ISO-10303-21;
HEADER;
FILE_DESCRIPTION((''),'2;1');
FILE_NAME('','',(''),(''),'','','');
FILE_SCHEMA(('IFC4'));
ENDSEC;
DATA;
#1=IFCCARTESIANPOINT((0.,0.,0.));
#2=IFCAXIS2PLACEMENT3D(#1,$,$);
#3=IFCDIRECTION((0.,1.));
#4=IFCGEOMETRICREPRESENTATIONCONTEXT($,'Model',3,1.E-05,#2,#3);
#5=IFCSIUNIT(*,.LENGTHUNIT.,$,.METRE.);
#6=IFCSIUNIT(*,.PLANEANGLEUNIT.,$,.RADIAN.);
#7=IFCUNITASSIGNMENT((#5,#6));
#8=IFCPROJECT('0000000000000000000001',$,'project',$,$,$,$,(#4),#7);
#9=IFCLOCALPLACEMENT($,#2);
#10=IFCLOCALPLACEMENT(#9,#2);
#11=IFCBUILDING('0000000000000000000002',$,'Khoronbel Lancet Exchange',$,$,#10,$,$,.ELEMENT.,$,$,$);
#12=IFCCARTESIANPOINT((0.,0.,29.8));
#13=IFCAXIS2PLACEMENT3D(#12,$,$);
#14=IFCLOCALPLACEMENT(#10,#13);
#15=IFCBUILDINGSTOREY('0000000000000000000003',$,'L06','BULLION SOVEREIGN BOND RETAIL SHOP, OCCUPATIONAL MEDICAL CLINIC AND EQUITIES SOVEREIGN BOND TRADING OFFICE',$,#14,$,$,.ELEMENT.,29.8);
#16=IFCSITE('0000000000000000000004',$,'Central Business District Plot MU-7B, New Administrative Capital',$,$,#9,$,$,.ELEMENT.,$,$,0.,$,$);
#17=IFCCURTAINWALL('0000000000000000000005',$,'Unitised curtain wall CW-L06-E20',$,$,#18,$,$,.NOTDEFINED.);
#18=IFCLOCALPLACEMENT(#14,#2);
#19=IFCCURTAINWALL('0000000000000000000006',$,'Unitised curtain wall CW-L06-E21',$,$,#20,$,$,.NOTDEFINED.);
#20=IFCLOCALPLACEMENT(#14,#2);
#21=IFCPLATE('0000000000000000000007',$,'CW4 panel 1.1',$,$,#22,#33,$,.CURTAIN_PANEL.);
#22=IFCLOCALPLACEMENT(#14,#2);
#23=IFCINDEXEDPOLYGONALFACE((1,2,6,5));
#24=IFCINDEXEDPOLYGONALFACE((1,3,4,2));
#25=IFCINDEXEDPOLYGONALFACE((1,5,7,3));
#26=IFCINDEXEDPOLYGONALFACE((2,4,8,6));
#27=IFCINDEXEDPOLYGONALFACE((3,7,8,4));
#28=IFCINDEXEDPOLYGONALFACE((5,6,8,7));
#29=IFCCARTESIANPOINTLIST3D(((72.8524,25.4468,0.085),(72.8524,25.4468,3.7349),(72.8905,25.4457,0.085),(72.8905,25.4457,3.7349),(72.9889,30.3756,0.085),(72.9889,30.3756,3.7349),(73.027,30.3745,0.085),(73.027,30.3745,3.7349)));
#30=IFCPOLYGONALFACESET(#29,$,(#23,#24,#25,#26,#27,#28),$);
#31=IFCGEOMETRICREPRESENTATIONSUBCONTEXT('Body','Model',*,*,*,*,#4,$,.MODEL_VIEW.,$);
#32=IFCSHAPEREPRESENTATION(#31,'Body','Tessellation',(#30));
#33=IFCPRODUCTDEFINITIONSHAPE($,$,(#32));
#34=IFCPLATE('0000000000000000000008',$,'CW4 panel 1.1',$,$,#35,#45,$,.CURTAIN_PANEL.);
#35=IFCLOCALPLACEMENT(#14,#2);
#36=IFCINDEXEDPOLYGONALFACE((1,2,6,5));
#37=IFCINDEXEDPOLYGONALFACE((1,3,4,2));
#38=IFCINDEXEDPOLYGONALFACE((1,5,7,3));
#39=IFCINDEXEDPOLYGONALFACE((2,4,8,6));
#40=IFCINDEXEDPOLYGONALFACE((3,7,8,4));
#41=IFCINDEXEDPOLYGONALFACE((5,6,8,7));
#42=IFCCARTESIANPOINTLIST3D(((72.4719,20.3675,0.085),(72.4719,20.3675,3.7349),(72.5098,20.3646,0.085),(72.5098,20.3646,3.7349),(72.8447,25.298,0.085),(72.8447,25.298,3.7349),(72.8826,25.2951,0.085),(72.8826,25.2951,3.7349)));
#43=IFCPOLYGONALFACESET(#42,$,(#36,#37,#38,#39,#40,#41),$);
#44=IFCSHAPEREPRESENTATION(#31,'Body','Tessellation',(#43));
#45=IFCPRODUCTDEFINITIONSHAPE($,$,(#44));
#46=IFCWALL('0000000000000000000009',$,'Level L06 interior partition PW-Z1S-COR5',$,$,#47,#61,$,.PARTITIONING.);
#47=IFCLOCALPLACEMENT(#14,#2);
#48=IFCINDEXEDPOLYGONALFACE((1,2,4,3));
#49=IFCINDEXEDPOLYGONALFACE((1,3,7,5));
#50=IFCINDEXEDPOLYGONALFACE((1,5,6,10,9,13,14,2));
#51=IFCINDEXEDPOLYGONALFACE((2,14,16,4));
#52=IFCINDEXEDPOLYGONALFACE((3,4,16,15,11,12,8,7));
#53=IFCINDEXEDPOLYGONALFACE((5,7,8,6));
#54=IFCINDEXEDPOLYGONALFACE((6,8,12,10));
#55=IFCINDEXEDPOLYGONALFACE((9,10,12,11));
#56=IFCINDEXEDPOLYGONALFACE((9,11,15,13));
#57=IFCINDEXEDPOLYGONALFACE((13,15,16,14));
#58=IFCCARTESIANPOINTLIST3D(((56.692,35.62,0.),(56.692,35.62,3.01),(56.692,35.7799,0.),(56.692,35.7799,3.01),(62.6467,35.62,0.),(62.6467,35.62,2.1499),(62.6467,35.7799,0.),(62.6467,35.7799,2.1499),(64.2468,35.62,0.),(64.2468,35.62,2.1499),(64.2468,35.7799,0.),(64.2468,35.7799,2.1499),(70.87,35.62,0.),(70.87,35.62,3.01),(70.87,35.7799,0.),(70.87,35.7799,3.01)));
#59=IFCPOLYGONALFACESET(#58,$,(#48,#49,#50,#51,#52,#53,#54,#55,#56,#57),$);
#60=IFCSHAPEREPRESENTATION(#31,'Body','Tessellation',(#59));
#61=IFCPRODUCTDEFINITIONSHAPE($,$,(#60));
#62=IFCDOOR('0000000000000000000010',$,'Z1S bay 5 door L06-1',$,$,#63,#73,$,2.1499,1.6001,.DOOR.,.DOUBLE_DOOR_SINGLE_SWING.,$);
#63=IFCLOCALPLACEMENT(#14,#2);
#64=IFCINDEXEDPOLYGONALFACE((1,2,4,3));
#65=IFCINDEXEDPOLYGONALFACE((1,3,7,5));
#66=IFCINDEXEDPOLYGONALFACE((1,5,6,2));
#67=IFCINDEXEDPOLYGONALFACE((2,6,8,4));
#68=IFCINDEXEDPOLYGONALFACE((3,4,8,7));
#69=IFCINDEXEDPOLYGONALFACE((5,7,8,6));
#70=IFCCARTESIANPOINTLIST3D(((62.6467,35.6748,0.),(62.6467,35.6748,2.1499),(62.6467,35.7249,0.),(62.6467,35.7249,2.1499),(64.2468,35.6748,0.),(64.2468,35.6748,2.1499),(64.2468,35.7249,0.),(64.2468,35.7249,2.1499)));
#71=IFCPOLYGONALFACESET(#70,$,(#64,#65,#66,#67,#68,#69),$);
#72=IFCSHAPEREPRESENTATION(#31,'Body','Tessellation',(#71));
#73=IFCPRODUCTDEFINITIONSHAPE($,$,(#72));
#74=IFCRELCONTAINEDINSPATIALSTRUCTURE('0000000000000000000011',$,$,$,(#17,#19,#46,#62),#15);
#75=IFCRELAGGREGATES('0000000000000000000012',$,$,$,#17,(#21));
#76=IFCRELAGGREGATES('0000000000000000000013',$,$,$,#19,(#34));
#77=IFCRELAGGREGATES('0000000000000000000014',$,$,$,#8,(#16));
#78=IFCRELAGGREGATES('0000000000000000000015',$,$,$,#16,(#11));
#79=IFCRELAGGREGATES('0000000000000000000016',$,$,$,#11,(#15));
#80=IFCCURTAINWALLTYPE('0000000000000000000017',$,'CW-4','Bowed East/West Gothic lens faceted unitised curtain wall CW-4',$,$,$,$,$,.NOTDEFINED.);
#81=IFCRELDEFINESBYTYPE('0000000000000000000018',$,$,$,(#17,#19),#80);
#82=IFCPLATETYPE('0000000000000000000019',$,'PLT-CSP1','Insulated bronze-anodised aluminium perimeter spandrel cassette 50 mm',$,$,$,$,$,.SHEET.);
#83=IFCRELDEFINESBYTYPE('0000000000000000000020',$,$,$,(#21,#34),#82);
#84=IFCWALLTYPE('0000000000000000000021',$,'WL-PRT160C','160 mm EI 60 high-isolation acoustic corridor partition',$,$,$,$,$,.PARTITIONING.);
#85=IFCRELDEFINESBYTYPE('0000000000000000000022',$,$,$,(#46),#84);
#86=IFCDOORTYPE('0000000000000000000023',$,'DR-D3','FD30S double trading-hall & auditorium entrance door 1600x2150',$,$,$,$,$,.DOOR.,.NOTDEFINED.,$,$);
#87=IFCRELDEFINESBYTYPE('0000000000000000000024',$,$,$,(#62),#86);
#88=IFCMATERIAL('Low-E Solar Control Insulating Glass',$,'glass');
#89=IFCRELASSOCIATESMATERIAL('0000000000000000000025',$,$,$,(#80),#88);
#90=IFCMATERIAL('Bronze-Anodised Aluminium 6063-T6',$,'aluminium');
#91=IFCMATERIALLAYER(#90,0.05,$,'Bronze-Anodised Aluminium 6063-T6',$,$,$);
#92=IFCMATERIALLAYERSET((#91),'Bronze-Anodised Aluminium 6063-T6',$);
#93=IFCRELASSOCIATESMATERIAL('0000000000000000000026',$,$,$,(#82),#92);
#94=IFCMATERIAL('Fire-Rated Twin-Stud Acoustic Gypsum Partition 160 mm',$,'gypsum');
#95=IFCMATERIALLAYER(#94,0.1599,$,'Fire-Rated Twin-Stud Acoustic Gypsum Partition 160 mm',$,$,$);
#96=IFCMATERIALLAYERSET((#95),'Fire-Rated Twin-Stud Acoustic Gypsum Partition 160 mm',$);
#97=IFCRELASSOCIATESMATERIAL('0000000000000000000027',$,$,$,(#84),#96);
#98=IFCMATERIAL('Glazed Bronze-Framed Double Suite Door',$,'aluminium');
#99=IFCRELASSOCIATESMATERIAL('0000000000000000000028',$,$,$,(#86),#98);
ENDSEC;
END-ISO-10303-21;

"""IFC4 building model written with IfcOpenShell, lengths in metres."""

from ifc_helpers import new_model, si_unit, direction, frame, frame_2d, origin, origin_2d, place, context, subcontext, project, spatial, rectangle, extrude, material, layer, layer_set, type_object, element, fill, aggregate, save


model = new_model("IFC4")

# Units and contexts
model_context = context("Model", 3, precision=1e-05, world=origin(), true_north=direction((0.0, 1.0)))
body_context = subcontext(model_context, "Body", "Model", "MODEL_VIEW")
ifc_project = project(units=[si_unit("LENGTHUNIT", "METRE"), si_unit("PLANEANGLEUNIT", "RADIAN")], contexts=[model_context])

# Site, building, storey
site_placement = place(None, origin())
site = spatial("IfcSite", under=ifc_project, at=site_placement, Name="Central Business District Plot MU-7B, New Administrative Capital", CompositionType="ELEMENT", RefElevation=0.0)
building_placement = place(site_placement, origin())
building = spatial("IfcBuilding", under=site, at=building_placement, Name="Khoronbel Lancet Exchange", CompositionType="ELEMENT")
storey_placement = place(building_placement, frame((0.0, 0.0, 29.8)))
storey = spatial("IfcBuildingStorey", under=building, at=storey_placement, Name="L06", Description="BULLION SOVEREIGN BOND RETAIL SHOP, OCCUPATIONAL MEDICAL CLINIC AND EQUITIES SOVEREIGN BOND TRADING OFFICE", CompositionType="ELEMENT", Elevation=29.8)

# Shared definitions
ifc_material_1 = material(Name="Low-E Solar Control Insulating Glass", Category="glass")
curtain_wall_type = type_object("IfcCurtainWallType", Name="CW-4", Description="Bowed East/West Gothic lens faceted unitised curtain wall CW-4", PredefinedType="NOTDEFINED", material=ifc_material_1)
ifc_material_2 = material(Name="Bronze-Anodised Aluminium 6063-T6", Category="aluminium")

# Curtain wall
curtain_wall_1_placement = place(storey_placement, origin())
curtain_wall_1 = element("IfcCurtainWall", 1, at=curtain_wall_1_placement, inside=storey, type_object=curtain_wall_type, Name="Unitised curtain wall CW-L06-E20", PredefinedType="NOTDEFINED")

# Curtain wall
curtain_wall_2_placement = place(storey_placement, origin())
curtain_wall_2 = element("IfcCurtainWall", 2, at=curtain_wall_2_placement, inside=storey, type_object=curtain_wall_type, Name="Unitised curtain wall CW-L06-E21", PredefinedType="NOTDEFINED")

# Plates
ifc_layer_1 = layer(ifc_material_2, 0.05, Name="Bronze-Anodised Aluminium 6063-T6")
ifc_layer_set_1 = layer_set([ifc_layer_1], Name="Bronze-Anodised Aluminium 6063-T6")
plate_type = type_object("IfcPlateType", Name="PLT-CSP1", Description="Insulated bronze-anodised aluminium perimeter spandrel cassette 50 mm", PredefinedType="SHEET", material=ifc_layer_set_1)
plate_1_placement = place(storey_placement, frame((72.9397, 27.9106, 0.085), z_axis=(0.0, 0.0, 1.0), x_axis=(-0.027674, -0.999617, 0.0)))
plate_1 = element("IfcPlate", 3, at=plate_1_placement, type_object=plate_type, Name="CW4 panel 1.1", PredefinedType="CURTAIN_PANEL", context=body_context, shape_type="SweptSolid", body=[
    extrude(rectangle(XDim=4.9307, YDim=0.0381, at=origin_2d()), origin(), (0.0, 0.0, 1.0), 3.6499),
])
aggregate(curtain_wall_1, [plate_1])
plate_2_placement = place(storey_placement, frame((72.6772, 22.8313, 0.085), z_axis=(0.0, 0.0, 1.0), x_axis=(-0.075395, -0.997154, 0.0)))
plate_2 = element("IfcPlate", 4, at=plate_2_placement, type_object=plate_type, Name="CW4 panel 1.1", PredefinedType="CURTAIN_PANEL", context=body_context, shape_type="SweptSolid", body=[
    extrude(rectangle(XDim=4.9446, YDim=0.0381, at=origin_2d()), origin(), (0.0, 0.0, 1.0), 3.6499),
])
aggregate(curtain_wall_2, [plate_2])

# Wall, opening, door
ifc_material_3 = material(Name="Fire-Rated Twin-Stud Acoustic Gypsum Partition 160 mm", Category="gypsum")
ifc_layer_2 = layer(ifc_material_3, 0.1599, Name="Fire-Rated Twin-Stud Acoustic Gypsum Partition 160 mm")
ifc_layer_set_2 = layer_set([ifc_layer_2], Name="Fire-Rated Twin-Stud Acoustic Gypsum Partition 160 mm")
wall_type = type_object("IfcWallType", Name="WL-PRT160C", Description="160 mm EI 60 high-isolation acoustic corridor partition", PredefinedType="PARTITIONING", material=ifc_layer_set_2)
wall_placement = place(storey_placement, frame((56.6921, 35.7, 0.0), z_axis=(0.0, 0.0, 1.0), x_axis=(1.0, 0.0, 0.0)))
wall = element("IfcWall", 5, at=wall_placement, inside=storey, type_object=wall_type, Name="Level L06 interior partition PW-Z1S-COR5", PredefinedType="PARTITIONING", context=body_context, shape_type="SweptSolid", body=[
    extrude(rectangle(XDim=14.178, YDim=0.1599, at=frame_2d((7.0889, 0.0))), origin(), (0.0, 0.0, 1.0), 3.01),
])
opening_placement = place(wall_placement, frame((5.9546, 0.0, 0.0)))
opening = element("IfcOpeningElement", 6, at=opening_placement, cuts=wall, PredefinedType="OPENING", context=body_context, shape_type="SweptSolid", body=[
    extrude(rectangle(XDim=1.6001, YDim=2.1499, at=frame_2d((0.8, 1.075))), frame((0.0, 0.0898, 0.0), z_axis=(0.0, -1.0, 0.0), x_axis=(1.0, 0.0, 0.0)), (0.0, 0.0, 1.0), 0.1799),
])
ifc_material_4 = material(Name="Glazed Bronze-Framed Double Suite Door", Category="aluminium")
door_type = type_object("IfcDoorType", Name="DR-D3", Description="FD30S double trading-hall & auditorium entrance door 1600x2150", OperationType="NOTDEFINED", PredefinedType="DOOR", material=ifc_material_4)
door_placement = place(opening_placement, origin())
door = element("IfcDoor", 7, at=door_placement, inside=storey, type_object=door_type, Name="Z1S bay 5 door L06-1", OperationType="DOUBLE_DOOR_SINGLE_SWING", OverallHeight=2.1499, OverallWidth=1.6001, PredefinedType="DOOR", context=body_context, shape_type="SweptSolid", body=[
    extrude(rectangle(XDim=1.6001, YDim=2.1499, at=frame_2d((0.8, 1.075))), frame((0.0, 0.0249, 0.0), z_axis=(0.0, -1.0, 0.0), x_axis=(1.0, 0.0, 0.0)), (0.0, 0.0, 1.0), 0.05),
])
fill(opening, door)

save(model, "model.ifc")
